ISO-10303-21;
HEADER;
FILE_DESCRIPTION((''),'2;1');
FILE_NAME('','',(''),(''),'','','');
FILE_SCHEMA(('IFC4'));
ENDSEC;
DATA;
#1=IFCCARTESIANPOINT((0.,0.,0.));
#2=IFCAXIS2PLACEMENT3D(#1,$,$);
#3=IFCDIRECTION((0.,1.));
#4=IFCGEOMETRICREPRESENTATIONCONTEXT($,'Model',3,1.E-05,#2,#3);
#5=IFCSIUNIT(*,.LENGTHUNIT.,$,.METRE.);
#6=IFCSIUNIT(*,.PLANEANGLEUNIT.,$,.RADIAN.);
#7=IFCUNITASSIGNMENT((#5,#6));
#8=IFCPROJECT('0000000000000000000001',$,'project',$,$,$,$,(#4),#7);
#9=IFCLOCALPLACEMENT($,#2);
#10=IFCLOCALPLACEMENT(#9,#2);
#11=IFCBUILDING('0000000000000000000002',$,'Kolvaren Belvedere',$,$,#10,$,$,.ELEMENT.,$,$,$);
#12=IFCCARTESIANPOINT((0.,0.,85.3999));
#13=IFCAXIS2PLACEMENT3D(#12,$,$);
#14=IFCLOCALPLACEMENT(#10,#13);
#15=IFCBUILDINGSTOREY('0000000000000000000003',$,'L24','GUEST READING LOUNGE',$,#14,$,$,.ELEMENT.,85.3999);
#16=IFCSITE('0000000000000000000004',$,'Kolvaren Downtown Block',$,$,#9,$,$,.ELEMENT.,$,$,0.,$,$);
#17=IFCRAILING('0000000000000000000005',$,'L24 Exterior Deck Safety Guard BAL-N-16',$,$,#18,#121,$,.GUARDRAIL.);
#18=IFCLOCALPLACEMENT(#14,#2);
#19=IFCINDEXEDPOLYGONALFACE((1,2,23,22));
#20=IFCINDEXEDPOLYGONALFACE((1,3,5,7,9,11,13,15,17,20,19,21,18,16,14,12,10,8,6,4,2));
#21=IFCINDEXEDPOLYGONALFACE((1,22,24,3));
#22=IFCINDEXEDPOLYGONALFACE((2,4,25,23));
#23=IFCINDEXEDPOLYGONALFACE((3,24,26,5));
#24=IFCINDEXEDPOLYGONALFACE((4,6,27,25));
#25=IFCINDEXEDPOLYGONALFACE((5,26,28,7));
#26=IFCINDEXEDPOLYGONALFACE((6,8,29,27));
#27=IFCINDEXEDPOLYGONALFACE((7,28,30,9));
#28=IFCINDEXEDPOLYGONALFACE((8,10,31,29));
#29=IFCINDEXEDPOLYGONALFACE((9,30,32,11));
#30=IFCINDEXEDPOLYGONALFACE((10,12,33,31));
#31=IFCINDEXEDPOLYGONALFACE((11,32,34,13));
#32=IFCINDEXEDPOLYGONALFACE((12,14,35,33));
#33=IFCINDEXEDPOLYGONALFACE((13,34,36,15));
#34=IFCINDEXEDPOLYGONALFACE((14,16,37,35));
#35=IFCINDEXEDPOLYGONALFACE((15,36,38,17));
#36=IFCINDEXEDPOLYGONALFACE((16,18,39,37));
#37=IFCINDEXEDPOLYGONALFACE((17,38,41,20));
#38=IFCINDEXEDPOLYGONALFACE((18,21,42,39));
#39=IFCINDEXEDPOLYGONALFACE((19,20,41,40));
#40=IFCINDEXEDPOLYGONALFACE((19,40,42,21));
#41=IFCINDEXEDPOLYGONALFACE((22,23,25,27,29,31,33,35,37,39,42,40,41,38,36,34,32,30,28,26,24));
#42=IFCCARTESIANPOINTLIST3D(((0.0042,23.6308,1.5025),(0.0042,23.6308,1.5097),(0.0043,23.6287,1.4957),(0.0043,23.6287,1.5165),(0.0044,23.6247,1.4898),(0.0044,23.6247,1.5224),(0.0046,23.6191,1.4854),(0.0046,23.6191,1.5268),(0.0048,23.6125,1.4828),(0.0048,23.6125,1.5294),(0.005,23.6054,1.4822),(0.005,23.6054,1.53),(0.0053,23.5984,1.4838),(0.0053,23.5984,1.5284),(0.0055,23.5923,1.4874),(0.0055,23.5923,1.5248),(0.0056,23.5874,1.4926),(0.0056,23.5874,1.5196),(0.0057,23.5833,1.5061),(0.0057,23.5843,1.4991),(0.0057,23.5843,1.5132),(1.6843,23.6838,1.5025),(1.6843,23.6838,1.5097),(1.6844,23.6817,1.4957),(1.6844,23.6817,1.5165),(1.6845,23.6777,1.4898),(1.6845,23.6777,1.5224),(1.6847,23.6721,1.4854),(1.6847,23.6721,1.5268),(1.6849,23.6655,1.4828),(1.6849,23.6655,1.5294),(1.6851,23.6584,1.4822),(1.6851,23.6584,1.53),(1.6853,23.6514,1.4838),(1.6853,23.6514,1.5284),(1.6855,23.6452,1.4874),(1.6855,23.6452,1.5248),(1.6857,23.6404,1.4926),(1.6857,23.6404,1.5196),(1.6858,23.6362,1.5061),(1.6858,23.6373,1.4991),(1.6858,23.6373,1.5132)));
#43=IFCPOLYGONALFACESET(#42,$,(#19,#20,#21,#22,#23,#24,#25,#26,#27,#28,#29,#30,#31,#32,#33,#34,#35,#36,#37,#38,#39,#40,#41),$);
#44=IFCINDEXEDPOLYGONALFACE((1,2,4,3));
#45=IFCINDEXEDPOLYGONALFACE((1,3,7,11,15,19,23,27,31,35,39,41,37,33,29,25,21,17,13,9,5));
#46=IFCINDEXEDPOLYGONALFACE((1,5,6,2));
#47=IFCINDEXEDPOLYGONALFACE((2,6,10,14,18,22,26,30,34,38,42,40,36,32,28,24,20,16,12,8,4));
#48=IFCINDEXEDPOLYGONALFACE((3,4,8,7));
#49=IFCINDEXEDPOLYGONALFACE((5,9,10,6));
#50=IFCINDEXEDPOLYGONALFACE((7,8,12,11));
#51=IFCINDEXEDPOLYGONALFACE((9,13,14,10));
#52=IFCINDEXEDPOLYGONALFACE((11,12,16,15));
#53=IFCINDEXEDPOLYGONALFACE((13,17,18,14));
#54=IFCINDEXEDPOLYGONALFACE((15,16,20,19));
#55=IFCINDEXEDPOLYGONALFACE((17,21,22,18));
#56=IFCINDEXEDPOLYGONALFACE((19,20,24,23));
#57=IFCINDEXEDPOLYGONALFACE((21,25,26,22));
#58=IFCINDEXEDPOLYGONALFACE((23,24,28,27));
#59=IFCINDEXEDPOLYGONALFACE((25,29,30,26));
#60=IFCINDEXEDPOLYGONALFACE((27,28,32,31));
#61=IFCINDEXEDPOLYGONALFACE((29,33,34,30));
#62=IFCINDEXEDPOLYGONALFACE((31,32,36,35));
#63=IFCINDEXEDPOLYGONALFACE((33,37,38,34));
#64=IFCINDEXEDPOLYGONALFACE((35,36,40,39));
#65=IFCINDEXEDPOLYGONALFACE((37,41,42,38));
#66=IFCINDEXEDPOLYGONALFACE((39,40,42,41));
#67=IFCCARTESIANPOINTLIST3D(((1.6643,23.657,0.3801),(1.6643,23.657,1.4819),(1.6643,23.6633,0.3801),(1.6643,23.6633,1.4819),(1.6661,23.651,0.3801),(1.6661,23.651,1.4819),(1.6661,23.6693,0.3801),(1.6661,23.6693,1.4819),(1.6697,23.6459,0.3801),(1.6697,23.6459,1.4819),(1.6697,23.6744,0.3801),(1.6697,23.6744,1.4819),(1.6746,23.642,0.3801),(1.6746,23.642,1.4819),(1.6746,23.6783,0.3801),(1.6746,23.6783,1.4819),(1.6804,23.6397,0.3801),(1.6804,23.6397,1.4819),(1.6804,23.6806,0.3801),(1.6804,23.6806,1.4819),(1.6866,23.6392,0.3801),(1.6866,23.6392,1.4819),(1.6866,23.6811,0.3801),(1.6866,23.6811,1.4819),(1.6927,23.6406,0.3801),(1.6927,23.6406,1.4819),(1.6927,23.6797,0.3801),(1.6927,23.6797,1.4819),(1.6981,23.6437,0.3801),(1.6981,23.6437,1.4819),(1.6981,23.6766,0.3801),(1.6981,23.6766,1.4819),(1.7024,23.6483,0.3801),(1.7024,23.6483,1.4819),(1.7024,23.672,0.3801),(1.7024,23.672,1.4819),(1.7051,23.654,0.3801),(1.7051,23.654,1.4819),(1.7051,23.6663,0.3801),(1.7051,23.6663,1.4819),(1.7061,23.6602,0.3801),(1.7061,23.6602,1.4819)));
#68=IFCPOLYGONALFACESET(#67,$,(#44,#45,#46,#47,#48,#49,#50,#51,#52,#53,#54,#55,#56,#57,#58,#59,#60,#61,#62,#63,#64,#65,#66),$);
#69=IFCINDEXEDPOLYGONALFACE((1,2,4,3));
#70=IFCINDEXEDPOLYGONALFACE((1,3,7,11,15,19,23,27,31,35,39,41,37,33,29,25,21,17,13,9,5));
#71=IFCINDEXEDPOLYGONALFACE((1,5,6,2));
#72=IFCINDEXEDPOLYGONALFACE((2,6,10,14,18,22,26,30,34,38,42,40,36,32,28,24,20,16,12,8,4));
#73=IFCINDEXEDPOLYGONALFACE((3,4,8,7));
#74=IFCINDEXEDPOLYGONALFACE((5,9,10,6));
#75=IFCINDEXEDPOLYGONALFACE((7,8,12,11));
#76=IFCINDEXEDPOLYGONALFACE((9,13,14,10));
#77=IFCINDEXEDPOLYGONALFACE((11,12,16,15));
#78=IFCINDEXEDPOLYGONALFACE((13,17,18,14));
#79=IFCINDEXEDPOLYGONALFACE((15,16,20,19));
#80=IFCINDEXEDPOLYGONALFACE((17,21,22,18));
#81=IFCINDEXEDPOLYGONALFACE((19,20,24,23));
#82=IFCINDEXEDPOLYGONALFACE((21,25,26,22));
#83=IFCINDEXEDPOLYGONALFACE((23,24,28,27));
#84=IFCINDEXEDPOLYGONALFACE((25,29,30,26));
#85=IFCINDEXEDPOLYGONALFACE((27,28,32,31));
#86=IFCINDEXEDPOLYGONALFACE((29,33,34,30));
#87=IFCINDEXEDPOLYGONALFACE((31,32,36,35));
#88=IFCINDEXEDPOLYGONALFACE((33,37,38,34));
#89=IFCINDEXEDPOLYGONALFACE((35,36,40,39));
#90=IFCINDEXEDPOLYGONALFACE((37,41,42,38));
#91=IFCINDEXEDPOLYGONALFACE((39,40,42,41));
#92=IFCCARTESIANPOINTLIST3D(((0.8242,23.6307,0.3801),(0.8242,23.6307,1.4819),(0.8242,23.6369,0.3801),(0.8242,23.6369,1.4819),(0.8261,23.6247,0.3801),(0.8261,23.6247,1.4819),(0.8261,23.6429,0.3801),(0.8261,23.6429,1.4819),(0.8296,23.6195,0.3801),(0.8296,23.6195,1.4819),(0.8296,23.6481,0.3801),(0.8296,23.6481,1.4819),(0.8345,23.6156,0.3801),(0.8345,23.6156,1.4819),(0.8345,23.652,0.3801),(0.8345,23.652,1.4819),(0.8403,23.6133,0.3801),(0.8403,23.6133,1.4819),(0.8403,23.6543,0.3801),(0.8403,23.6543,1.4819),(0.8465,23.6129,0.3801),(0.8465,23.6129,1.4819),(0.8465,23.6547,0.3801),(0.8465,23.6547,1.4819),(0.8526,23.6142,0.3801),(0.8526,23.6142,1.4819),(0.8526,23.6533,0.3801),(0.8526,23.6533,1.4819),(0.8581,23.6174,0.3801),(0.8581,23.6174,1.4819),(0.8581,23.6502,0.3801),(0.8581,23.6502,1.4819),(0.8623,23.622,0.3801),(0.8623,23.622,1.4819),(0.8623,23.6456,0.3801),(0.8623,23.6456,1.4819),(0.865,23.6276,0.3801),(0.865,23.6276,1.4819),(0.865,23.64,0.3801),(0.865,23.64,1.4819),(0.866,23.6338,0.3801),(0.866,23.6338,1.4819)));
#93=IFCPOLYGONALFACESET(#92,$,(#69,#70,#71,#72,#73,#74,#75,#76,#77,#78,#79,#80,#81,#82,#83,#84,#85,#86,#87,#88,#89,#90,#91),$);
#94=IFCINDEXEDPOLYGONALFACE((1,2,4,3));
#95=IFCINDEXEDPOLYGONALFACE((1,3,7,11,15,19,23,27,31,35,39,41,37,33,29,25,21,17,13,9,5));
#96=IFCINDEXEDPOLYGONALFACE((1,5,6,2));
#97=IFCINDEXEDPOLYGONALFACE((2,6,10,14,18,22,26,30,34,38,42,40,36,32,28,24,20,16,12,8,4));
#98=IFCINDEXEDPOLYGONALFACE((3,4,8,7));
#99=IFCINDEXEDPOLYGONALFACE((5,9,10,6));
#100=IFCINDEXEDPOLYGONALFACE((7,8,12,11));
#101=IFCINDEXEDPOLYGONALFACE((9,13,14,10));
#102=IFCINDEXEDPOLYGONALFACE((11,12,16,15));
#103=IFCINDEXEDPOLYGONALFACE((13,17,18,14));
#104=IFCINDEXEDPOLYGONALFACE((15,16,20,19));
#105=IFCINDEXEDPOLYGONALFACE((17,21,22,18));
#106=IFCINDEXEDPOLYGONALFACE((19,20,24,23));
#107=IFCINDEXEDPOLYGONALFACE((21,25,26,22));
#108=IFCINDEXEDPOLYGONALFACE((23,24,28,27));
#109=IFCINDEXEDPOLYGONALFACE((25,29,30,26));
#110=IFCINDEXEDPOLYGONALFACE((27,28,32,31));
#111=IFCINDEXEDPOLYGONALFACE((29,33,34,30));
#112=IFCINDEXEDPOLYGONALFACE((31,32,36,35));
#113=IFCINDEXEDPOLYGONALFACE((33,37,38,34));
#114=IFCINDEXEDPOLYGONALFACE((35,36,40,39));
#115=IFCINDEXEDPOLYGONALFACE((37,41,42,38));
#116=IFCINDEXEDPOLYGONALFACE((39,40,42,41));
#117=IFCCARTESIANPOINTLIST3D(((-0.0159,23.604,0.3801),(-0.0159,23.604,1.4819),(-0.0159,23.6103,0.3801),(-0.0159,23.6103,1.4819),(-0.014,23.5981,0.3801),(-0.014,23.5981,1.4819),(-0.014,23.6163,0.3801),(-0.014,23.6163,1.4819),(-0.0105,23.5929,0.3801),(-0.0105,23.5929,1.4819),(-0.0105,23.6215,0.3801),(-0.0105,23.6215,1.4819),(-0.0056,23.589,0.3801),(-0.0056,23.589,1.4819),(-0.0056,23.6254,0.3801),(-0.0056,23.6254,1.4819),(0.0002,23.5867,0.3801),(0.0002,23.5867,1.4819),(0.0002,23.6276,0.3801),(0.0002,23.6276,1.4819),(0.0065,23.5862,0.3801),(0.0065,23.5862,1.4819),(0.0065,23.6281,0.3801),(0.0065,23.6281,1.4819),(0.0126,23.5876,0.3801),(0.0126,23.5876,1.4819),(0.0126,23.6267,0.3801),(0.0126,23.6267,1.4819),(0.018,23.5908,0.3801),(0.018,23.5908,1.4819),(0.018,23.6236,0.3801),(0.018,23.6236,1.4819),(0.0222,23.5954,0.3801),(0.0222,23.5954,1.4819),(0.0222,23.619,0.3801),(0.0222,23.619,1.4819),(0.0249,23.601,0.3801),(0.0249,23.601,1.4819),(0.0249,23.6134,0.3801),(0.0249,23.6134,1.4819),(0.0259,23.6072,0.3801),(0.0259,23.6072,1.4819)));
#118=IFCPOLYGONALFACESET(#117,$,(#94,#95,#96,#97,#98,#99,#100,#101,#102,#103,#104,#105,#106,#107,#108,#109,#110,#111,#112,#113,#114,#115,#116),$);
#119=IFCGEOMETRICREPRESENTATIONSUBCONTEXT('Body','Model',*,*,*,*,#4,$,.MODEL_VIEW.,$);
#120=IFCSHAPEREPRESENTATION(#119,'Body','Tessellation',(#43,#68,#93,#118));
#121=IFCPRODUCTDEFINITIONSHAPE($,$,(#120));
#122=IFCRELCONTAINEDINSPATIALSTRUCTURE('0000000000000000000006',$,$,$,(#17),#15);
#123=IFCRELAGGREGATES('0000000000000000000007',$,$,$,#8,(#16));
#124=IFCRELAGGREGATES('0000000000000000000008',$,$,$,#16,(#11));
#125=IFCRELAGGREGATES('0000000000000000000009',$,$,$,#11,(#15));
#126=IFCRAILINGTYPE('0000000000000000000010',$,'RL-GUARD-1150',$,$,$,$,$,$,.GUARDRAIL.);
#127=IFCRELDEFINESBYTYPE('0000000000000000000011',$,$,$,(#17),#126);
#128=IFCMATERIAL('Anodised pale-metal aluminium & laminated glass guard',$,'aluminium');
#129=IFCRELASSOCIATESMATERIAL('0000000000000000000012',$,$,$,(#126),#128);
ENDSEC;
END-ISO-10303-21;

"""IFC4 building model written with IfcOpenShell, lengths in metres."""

from ifc_helpers import new_model, si_unit, direction, frame, origin, origin_2d, place, context, subcontext, project, spatial, circle, extrude, material, type_object, element, save


model = new_model("IFC4")

# Units and contexts
model_context = context("Model", 3, precision=1e-05, world=origin(), true_north=direction((0.0, 1.0)))
body_context = subcontext(model_context, "Body", "Model", "MODEL_VIEW")
ifc_project = project(units=[si_unit("LENGTHUNIT", "METRE"), si_unit("PLANEANGLEUNIT", "RADIAN")], contexts=[model_context])

# Site, building, storey
site_placement = place(None, origin())
site = spatial("IfcSite", under=ifc_project, at=site_placement, Name="Kolvaren Downtown Block", CompositionType="ELEMENT", RefElevation=0.0)
building_placement = place(site_placement, origin())
building = spatial("IfcBuilding", under=site, at=building_placement, Name="Kolvaren Belvedere", CompositionType="ELEMENT")
storey_placement = place(building_placement, frame((0.0, 0.0, 85.3999)))
storey = spatial("IfcBuildingStorey", under=building, at=storey_placement, Name="L24", Description="GUEST READING LOUNGE", CompositionType="ELEMENT", Elevation=85.3999)

# Railing
ifc_material_1 = material(Name="Anodised pale-metal aluminium & laminated glass guard", Category="aluminium")
railing_type = type_object("IfcRailingType", Name="RL-GUARD-1150", PredefinedType="GUARDRAIL", material=ifc_material_1)
railing_1_placement = place(storey_placement, frame((1.6851, 23.6602, 0.3801)))
element("IfcRailing", 1, at=railing_1_placement, inside=storey, type_object=railing_type, Name="L24 Exterior Deck Safety Guard BAL-N-16", PredefinedType="GUARDRAIL", context=body_context, shape_type="SweptSolid", body=[
    extrude(circle(Radius=0.0239, at=origin_2d()), frame((0.0, 0.0, 1.126), z_axis=(-0.999503, -0.031516, 0.0), x_axis=(0.031516, -0.999503, 0.0)), (0.0, 0.0, 1.0), 1.6809),
    extrude(circle(Radius=0.021, at=origin_2d()), origin(), (0.0, 0.0, 1.0), 1.1018),
    extrude(circle(Radius=0.021, at=origin_2d()), frame((-0.8401, -0.0264, 0.0)), (0.0, 0.0, 1.0), 1.1018),
    extrude(circle(Radius=0.021, at=origin_2d()), frame((-1.6802, -0.053, 0.0)), (0.0, 0.0, 1.0), 1.1018),
])

save(model, "model.ifc")
